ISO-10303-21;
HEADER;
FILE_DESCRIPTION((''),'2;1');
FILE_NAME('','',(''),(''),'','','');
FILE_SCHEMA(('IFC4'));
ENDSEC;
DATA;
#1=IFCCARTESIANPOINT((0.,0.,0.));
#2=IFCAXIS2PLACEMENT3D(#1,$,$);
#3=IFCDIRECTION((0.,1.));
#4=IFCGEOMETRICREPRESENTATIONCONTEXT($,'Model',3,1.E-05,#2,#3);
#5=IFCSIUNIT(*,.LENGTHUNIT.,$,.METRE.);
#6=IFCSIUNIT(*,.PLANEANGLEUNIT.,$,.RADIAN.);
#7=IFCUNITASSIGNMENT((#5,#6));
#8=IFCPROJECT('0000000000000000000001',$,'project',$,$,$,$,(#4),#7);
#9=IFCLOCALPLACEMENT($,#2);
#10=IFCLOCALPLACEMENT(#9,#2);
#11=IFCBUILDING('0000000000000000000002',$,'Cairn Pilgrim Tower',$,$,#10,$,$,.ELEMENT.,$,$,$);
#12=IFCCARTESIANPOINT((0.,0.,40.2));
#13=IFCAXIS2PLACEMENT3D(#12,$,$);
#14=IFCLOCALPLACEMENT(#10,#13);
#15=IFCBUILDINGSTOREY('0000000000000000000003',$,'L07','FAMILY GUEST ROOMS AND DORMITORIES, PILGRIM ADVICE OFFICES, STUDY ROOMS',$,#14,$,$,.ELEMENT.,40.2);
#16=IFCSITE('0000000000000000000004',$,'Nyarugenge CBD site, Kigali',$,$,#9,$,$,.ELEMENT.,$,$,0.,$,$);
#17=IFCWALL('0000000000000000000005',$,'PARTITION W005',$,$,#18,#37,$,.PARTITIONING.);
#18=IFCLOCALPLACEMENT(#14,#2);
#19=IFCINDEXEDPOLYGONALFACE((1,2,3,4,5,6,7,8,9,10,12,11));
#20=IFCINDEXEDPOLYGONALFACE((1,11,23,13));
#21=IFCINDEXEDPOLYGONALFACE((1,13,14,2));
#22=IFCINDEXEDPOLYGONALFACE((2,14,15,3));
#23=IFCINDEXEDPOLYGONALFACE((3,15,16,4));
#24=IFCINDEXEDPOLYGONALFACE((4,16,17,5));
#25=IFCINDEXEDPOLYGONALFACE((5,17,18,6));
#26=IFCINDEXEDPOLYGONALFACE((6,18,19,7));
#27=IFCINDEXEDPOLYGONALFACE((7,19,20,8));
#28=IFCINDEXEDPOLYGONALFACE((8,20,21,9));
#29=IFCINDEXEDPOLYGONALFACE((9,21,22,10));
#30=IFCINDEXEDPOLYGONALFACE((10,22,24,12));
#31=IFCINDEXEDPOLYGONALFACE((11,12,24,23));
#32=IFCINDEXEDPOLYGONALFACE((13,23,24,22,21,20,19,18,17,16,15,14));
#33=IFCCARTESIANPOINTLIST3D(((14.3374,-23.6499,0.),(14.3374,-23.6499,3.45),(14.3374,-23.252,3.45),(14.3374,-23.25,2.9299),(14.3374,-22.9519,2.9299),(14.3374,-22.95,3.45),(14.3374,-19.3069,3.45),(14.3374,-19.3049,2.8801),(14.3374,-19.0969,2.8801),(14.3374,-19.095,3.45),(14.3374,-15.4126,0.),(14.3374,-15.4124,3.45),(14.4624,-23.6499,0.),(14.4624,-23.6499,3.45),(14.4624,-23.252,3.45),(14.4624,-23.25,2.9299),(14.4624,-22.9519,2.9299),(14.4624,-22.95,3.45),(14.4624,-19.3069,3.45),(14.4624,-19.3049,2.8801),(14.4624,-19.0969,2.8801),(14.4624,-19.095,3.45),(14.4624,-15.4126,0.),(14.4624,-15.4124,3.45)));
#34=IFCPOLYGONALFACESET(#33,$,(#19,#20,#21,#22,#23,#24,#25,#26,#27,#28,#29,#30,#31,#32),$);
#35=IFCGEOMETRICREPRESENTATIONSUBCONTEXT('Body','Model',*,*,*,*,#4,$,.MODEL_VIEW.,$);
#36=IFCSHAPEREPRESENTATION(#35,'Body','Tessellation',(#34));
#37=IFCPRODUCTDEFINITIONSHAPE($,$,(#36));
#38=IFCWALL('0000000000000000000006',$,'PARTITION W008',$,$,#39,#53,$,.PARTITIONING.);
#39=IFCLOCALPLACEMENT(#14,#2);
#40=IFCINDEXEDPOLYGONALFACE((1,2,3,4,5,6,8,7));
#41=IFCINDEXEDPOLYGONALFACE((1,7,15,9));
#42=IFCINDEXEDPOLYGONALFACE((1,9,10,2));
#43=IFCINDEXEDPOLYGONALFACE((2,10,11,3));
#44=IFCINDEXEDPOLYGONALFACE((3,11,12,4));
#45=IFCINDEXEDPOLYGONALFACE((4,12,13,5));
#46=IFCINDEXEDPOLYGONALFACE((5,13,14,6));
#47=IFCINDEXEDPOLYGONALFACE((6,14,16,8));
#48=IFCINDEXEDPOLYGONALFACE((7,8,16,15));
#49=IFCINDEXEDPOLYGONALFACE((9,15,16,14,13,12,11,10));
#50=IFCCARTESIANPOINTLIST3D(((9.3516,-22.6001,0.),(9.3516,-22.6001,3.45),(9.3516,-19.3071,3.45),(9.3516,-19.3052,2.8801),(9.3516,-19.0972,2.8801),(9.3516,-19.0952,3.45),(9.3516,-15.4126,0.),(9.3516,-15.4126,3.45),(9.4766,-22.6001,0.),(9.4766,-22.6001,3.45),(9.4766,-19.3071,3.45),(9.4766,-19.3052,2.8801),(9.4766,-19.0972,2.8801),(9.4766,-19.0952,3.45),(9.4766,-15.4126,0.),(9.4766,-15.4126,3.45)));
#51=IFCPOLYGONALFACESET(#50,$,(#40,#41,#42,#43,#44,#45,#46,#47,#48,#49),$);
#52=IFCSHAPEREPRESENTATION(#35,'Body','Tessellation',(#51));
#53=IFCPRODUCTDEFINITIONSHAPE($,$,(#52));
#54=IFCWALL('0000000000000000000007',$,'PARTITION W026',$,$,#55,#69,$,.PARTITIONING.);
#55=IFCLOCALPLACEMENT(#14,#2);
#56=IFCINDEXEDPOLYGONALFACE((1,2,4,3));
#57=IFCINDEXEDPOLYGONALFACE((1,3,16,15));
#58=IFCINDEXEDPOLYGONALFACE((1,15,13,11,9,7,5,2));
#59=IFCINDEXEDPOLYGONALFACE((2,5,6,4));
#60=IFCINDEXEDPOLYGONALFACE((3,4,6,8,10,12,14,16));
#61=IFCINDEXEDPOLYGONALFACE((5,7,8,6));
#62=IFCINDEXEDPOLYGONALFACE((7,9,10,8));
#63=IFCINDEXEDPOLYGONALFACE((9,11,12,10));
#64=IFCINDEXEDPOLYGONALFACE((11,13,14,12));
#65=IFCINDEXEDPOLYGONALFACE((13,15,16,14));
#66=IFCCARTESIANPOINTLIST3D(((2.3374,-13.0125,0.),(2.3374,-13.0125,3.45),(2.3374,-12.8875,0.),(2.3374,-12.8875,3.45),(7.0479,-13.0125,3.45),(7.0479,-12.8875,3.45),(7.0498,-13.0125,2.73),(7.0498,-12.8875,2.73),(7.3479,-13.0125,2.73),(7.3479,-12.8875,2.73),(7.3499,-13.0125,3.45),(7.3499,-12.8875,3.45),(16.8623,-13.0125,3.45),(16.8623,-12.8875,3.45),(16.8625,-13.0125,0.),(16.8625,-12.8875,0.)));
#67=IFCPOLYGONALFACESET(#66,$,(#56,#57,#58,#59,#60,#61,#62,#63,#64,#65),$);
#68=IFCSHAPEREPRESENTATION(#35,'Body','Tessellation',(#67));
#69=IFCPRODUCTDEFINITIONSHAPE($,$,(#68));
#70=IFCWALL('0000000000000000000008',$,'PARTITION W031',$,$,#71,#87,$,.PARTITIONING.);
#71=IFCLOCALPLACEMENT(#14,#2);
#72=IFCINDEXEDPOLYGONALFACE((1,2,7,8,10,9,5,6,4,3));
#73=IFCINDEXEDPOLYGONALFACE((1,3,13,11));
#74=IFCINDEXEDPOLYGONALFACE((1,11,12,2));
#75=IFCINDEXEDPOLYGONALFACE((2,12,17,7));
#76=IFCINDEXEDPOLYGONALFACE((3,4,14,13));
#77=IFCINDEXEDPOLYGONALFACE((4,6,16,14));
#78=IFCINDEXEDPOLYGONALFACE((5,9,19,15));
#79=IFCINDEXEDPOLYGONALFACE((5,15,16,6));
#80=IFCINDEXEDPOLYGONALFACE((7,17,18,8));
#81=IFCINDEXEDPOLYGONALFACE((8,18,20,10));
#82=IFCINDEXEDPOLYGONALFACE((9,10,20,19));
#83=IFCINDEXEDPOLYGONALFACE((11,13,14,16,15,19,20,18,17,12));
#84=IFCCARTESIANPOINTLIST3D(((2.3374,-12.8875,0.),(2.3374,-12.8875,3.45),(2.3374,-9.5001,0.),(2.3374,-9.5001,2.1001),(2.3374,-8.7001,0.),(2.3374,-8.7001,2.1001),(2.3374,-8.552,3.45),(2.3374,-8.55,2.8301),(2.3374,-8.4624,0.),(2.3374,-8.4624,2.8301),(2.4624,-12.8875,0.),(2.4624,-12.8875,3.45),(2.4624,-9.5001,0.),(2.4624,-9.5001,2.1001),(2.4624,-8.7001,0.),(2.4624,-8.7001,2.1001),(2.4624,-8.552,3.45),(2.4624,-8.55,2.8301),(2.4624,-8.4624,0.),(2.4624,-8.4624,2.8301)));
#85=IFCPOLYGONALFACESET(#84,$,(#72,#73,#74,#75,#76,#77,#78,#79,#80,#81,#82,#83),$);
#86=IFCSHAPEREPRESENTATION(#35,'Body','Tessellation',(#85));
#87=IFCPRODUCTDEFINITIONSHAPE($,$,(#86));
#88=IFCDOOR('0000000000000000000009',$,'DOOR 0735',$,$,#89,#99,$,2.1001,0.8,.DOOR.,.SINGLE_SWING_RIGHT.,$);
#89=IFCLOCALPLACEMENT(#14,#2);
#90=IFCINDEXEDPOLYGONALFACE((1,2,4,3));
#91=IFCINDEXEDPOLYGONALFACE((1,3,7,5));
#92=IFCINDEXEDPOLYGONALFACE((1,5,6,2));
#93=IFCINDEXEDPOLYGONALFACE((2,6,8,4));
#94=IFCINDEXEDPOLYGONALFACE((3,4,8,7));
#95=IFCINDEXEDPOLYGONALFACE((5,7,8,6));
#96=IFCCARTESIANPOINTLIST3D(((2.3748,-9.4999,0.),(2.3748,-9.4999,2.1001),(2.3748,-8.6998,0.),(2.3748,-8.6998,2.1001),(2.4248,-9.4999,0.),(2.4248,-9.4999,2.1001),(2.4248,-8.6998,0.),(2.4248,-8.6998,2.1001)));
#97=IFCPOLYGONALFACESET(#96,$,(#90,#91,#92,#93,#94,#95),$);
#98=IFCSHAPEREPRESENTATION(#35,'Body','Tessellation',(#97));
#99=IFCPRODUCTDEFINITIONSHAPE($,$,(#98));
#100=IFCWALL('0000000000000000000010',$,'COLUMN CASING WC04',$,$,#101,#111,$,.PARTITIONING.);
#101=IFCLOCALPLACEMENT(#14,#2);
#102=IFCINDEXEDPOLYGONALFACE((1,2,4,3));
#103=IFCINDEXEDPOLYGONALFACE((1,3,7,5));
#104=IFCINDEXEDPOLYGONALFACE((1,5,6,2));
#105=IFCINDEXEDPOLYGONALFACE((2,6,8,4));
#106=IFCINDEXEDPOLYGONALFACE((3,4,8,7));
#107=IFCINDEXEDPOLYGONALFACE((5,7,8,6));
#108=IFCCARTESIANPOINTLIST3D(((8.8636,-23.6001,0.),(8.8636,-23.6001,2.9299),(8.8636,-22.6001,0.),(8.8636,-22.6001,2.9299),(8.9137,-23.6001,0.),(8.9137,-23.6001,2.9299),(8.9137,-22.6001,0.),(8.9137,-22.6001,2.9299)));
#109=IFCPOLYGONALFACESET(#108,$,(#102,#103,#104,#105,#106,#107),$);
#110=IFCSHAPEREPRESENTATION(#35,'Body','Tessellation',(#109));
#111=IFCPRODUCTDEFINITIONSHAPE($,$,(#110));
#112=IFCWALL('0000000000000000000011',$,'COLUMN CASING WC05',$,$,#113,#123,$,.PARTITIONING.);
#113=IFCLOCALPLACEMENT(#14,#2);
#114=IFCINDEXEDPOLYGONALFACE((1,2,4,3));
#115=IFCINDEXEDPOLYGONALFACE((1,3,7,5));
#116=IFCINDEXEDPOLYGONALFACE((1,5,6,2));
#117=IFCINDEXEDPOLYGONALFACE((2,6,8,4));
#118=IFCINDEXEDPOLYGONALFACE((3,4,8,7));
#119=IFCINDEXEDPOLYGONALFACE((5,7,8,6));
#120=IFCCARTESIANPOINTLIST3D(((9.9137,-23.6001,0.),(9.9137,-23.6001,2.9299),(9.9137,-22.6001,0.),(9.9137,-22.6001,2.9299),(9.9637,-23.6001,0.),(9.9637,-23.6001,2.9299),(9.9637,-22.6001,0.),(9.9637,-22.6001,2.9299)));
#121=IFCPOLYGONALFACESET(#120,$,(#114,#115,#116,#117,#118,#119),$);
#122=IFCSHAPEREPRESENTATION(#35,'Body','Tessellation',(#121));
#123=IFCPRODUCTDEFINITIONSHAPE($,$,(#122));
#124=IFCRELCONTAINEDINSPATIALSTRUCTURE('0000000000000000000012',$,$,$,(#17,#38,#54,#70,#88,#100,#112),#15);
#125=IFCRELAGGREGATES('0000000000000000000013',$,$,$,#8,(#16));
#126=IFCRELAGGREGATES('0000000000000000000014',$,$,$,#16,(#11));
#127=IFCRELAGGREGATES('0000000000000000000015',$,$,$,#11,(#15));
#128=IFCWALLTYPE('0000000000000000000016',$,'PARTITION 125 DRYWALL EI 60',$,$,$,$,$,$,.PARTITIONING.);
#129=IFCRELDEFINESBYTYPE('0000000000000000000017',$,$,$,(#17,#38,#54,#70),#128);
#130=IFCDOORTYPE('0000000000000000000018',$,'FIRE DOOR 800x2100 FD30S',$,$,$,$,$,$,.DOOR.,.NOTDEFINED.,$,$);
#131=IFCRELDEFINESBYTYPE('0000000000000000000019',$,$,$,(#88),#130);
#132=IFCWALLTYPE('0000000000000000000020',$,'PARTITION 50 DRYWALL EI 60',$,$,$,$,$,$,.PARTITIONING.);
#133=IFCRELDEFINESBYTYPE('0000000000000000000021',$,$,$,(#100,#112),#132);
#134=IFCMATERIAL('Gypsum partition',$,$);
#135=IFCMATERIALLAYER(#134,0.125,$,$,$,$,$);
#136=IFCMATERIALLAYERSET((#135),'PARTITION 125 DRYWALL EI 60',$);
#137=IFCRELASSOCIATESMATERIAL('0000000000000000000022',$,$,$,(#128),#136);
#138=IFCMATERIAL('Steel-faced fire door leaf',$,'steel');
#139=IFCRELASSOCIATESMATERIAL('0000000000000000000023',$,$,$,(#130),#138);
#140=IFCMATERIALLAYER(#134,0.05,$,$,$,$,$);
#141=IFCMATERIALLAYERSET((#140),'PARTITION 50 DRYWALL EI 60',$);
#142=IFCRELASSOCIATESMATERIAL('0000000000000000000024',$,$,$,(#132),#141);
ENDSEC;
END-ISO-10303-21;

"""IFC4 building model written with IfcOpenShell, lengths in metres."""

from ifc_helpers import new_model, si_unit, direction, frame, frame_2d, origin, place, context, subcontext, project, spatial, polyline, rectangle, outline, extrude, material, layer, layer_set, type_object, element, fill, save


model = new_model("IFC4")

# Units and contexts
model_context = context("Model", 3, precision=1e-05, world=origin(), true_north=direction((0.0, 1.0)))
body_context = subcontext(model_context, "Body", "Model", "MODEL_VIEW")
ifc_project = project(units=[si_unit("LENGTHUNIT", "METRE"), si_unit("PLANEANGLEUNIT", "RADIAN")], contexts=[model_context])

# Site, building, storey
site_placement = place(None, origin())
site = spatial("IfcSite", under=ifc_project, at=site_placement, Name="Nyarugenge CBD site, Kigali", CompositionType="ELEMENT", RefElevation=0.0)
building_placement = place(site_placement, origin())
building = spatial("IfcBuilding", under=site, at=building_placement, Name="Cairn Pilgrim Tower", CompositionType="ELEMENT")
storey_placement = place(building_placement, frame((0.0, 0.0, 40.2)))
storey = spatial("IfcBuildingStorey", under=building, at=storey_placement, Name="L07", Description="FAMILY GUEST ROOMS AND DORMITORIES, PILGRIM ADVICE OFFICES, STUDY ROOMS", CompositionType="ELEMENT", Elevation=40.2)

# Shared definitions
ifc_material_1 = material(Name="Gypsum partition")

# Walls
ifc_layer_1 = layer(ifc_material_1, 0.125)
ifc_layer_set_1 = layer_set([ifc_layer_1], Name="PARTITION 125 DRYWALL EI 60")
wall_type_1 = type_object("IfcWallType", Name="PARTITION 125 DRYWALL EI 60", PredefinedType="PARTITIONING", material=ifc_layer_set_1)
wall_1_placement = place(storey_placement, frame((14.3999, -23.6499, 0.0), z_axis=(0.0, 0.0, 1.0), x_axis=(0.0, 1.0, 0.0)))
element("IfcWall", 1, at=wall_1_placement, inside=storey, type_object=wall_type_1, Name="PARTITION W005", PredefinedType="PARTITIONING", context=body_context, shape_type="SweptSolid", body=[
    extrude(outline(polyline([(0.0, 0.0), (8.2373, 0.0), (8.2375, 3.45), (4.5549, 3.45), (4.553, 2.8801), (4.345, 2.8801), (4.343, 3.45), (0.7, 3.45), (0.698, 2.9299), (0.3999, 2.9299), (0.3979, 3.45), (0.0, 3.45), (0.0, 0.0)])), frame((0.0, 0.0625, 0.0), z_axis=(0.0, -1.0, 0.0), x_axis=(1.0, 0.0, 0.0)), (0.0, 0.0, 1.0), 0.125),
])
wall_2_placement = place(storey_placement, frame((9.4141, -22.6001, 0.0), z_axis=(0.0, 0.0, 1.0), x_axis=(0.0, 1.0, 0.0)))
element("IfcWall", 2, at=wall_2_placement, inside=storey, type_object=wall_type_1, Name="PARTITION W008", PredefinedType="PARTITIONING", context=body_context, shape_type="SweptSolid", body=[
    extrude(outline(polyline([(0.0, 0.0), (7.1875, 0.0), (7.1875, 3.45), (3.5049, 3.45), (3.5029, 2.8801), (3.2949, 2.8801), (3.293, 3.45), (0.0, 3.45), (0.0, 0.0)])), frame((0.0, 0.0625, 0.0), z_axis=(0.0, -1.0, 0.0), x_axis=(1.0, 0.0, 0.0)), (0.0, 0.0, 1.0), 0.125),
])
wall_3_placement = place(storey_placement, frame((2.3374, -12.95, 0.0), z_axis=(0.0, 0.0, 1.0), x_axis=(1.0, 0.0, 0.0)))
element("IfcWall", 3, at=wall_3_placement, inside=storey, type_object=wall_type_1, Name="PARTITION W026", PredefinedType="PARTITIONING", context=body_context, shape_type="SweptSolid", body=[
    extrude(outline(polyline([(0.0, 0.0), (14.5251, 0.0), (14.5249, 3.45), (5.0125, 3.45), (5.0105, 2.73), (4.7124, 2.73), (4.7104, 3.45), (0.0, 3.45), (0.0, 0.0)])), frame((0.0, 0.0625, 0.0), z_axis=(0.0, -1.0, 0.0), x_axis=(1.0, 0.0, 0.0)), (0.0, 0.0, 1.0), 0.125),
])

# Wall, opening, door
wall_4_placement = place(storey_placement, frame((2.3999, -12.8875, 0.0), z_axis=(0.0, 0.0, 1.0), x_axis=(0.0, 1.0, 0.0)))
wall_4 = element("IfcWall", 4, at=wall_4_placement, inside=storey, type_object=wall_type_1, Name="PARTITION W031", PredefinedType="PARTITIONING", context=body_context, shape_type="SweptSolid", body=[
    extrude(outline(polyline([(0.0, 0.0), (4.425, 0.0), (4.425, 2.8301), (4.3374, 2.8301), (4.3354, 3.45), (0.0, 3.45), (0.0, 0.0)])), frame((0.0, 0.0625, 0.0), z_axis=(0.0, -1.0, 0.0), x_axis=(1.0, 0.0, 0.0)), (0.0, 0.0, 1.0), 0.125),
])
opening_1_placement = place(wall_4_placement, frame((3.3875, 0.0, 0.0)))
opening_1 = element("IfcOpeningElement", 5, at=opening_1_placement, cuts=wall_4, PredefinedType="OPENING", context=body_context, shape_type="SweptSolid", body=[
    extrude(rectangle(XDim=0.8, YDim=2.1001, at=frame_2d((0.3999, 1.05))), frame((0.0, 0.0725, 0.0), z_axis=(0.0, -1.0, 0.0), x_axis=(1.0, 0.0, 0.0)), (0.0, 0.0, 1.0), 0.145),
])
ifc_material_2 = material(Name="Steel-faced fire door leaf", Category="steel")
door_type_1 = type_object("IfcDoorType", Name="FIRE DOOR 800x2100 FD30S", OperationType="NOTDEFINED", PredefinedType="DOOR", material=ifc_material_2)
door_1_placement = place(opening_1_placement, frame((0.8, 0.0, 0.0), z_axis=(0.0, 0.0, 1.0), x_axis=(-1.0, 0.0, 0.0)))
door_1 = element("IfcDoor", 6, at=door_1_placement, inside=storey, type_object=door_type_1, Name="DOOR 0735", OperationType="SINGLE_SWING_RIGHT", OverallHeight=2.1001, OverallWidth=0.8, PredefinedType="DOOR", context=body_context, shape_type="SweptSolid", body=[
    extrude(rectangle(XDim=0.8, YDim=2.1001, at=frame_2d((0.3999, 1.05))), frame((0.0, 0.0249, 0.0), z_axis=(0.0, -1.0, 0.0), x_axis=(1.0, 0.0, 0.0)), (0.0, 0.0, 1.0), 0.05),
])
fill(opening_1, door_1)

# Walls
ifc_layer_2 = layer(ifc_material_1, 0.05)
ifc_layer_set_2 = layer_set([ifc_layer_2], Name="PARTITION 50 DRYWALL EI 60")
wall_type_2 = type_object("IfcWallType", Name="PARTITION 50 DRYWALL EI 60", PredefinedType="PARTITIONING", material=ifc_layer_set_2)
for number, where, z_axis, x_axis, name in (
    (7, (8.8887, -23.6001, 0.0), (0.0, 0.0, 1.0), (0.0, 1.0, 0.0), "COLUMN CASING WC04"),
    (8, (9.9387, -23.6001, 0.0), (0.0, 0.0, 1.0), (0.0, 1.0, 0.0), "COLUMN CASING WC05"),
):
    element("IfcWall", number, at=place(storey_placement, frame(where, z_axis=z_axis, x_axis=x_axis)), inside=storey, type_object=wall_type_2, Name=name, PredefinedType="PARTITIONING", context=body_context, shape_type="SweptSolid", body=[
        extrude(rectangle(XDim=1.0, YDim=0.05, at=frame_2d((0.5, 0.0))), origin(), (0.0, 0.0, 1.0), 2.9299),
    ])

save(model, "model.ifc")
